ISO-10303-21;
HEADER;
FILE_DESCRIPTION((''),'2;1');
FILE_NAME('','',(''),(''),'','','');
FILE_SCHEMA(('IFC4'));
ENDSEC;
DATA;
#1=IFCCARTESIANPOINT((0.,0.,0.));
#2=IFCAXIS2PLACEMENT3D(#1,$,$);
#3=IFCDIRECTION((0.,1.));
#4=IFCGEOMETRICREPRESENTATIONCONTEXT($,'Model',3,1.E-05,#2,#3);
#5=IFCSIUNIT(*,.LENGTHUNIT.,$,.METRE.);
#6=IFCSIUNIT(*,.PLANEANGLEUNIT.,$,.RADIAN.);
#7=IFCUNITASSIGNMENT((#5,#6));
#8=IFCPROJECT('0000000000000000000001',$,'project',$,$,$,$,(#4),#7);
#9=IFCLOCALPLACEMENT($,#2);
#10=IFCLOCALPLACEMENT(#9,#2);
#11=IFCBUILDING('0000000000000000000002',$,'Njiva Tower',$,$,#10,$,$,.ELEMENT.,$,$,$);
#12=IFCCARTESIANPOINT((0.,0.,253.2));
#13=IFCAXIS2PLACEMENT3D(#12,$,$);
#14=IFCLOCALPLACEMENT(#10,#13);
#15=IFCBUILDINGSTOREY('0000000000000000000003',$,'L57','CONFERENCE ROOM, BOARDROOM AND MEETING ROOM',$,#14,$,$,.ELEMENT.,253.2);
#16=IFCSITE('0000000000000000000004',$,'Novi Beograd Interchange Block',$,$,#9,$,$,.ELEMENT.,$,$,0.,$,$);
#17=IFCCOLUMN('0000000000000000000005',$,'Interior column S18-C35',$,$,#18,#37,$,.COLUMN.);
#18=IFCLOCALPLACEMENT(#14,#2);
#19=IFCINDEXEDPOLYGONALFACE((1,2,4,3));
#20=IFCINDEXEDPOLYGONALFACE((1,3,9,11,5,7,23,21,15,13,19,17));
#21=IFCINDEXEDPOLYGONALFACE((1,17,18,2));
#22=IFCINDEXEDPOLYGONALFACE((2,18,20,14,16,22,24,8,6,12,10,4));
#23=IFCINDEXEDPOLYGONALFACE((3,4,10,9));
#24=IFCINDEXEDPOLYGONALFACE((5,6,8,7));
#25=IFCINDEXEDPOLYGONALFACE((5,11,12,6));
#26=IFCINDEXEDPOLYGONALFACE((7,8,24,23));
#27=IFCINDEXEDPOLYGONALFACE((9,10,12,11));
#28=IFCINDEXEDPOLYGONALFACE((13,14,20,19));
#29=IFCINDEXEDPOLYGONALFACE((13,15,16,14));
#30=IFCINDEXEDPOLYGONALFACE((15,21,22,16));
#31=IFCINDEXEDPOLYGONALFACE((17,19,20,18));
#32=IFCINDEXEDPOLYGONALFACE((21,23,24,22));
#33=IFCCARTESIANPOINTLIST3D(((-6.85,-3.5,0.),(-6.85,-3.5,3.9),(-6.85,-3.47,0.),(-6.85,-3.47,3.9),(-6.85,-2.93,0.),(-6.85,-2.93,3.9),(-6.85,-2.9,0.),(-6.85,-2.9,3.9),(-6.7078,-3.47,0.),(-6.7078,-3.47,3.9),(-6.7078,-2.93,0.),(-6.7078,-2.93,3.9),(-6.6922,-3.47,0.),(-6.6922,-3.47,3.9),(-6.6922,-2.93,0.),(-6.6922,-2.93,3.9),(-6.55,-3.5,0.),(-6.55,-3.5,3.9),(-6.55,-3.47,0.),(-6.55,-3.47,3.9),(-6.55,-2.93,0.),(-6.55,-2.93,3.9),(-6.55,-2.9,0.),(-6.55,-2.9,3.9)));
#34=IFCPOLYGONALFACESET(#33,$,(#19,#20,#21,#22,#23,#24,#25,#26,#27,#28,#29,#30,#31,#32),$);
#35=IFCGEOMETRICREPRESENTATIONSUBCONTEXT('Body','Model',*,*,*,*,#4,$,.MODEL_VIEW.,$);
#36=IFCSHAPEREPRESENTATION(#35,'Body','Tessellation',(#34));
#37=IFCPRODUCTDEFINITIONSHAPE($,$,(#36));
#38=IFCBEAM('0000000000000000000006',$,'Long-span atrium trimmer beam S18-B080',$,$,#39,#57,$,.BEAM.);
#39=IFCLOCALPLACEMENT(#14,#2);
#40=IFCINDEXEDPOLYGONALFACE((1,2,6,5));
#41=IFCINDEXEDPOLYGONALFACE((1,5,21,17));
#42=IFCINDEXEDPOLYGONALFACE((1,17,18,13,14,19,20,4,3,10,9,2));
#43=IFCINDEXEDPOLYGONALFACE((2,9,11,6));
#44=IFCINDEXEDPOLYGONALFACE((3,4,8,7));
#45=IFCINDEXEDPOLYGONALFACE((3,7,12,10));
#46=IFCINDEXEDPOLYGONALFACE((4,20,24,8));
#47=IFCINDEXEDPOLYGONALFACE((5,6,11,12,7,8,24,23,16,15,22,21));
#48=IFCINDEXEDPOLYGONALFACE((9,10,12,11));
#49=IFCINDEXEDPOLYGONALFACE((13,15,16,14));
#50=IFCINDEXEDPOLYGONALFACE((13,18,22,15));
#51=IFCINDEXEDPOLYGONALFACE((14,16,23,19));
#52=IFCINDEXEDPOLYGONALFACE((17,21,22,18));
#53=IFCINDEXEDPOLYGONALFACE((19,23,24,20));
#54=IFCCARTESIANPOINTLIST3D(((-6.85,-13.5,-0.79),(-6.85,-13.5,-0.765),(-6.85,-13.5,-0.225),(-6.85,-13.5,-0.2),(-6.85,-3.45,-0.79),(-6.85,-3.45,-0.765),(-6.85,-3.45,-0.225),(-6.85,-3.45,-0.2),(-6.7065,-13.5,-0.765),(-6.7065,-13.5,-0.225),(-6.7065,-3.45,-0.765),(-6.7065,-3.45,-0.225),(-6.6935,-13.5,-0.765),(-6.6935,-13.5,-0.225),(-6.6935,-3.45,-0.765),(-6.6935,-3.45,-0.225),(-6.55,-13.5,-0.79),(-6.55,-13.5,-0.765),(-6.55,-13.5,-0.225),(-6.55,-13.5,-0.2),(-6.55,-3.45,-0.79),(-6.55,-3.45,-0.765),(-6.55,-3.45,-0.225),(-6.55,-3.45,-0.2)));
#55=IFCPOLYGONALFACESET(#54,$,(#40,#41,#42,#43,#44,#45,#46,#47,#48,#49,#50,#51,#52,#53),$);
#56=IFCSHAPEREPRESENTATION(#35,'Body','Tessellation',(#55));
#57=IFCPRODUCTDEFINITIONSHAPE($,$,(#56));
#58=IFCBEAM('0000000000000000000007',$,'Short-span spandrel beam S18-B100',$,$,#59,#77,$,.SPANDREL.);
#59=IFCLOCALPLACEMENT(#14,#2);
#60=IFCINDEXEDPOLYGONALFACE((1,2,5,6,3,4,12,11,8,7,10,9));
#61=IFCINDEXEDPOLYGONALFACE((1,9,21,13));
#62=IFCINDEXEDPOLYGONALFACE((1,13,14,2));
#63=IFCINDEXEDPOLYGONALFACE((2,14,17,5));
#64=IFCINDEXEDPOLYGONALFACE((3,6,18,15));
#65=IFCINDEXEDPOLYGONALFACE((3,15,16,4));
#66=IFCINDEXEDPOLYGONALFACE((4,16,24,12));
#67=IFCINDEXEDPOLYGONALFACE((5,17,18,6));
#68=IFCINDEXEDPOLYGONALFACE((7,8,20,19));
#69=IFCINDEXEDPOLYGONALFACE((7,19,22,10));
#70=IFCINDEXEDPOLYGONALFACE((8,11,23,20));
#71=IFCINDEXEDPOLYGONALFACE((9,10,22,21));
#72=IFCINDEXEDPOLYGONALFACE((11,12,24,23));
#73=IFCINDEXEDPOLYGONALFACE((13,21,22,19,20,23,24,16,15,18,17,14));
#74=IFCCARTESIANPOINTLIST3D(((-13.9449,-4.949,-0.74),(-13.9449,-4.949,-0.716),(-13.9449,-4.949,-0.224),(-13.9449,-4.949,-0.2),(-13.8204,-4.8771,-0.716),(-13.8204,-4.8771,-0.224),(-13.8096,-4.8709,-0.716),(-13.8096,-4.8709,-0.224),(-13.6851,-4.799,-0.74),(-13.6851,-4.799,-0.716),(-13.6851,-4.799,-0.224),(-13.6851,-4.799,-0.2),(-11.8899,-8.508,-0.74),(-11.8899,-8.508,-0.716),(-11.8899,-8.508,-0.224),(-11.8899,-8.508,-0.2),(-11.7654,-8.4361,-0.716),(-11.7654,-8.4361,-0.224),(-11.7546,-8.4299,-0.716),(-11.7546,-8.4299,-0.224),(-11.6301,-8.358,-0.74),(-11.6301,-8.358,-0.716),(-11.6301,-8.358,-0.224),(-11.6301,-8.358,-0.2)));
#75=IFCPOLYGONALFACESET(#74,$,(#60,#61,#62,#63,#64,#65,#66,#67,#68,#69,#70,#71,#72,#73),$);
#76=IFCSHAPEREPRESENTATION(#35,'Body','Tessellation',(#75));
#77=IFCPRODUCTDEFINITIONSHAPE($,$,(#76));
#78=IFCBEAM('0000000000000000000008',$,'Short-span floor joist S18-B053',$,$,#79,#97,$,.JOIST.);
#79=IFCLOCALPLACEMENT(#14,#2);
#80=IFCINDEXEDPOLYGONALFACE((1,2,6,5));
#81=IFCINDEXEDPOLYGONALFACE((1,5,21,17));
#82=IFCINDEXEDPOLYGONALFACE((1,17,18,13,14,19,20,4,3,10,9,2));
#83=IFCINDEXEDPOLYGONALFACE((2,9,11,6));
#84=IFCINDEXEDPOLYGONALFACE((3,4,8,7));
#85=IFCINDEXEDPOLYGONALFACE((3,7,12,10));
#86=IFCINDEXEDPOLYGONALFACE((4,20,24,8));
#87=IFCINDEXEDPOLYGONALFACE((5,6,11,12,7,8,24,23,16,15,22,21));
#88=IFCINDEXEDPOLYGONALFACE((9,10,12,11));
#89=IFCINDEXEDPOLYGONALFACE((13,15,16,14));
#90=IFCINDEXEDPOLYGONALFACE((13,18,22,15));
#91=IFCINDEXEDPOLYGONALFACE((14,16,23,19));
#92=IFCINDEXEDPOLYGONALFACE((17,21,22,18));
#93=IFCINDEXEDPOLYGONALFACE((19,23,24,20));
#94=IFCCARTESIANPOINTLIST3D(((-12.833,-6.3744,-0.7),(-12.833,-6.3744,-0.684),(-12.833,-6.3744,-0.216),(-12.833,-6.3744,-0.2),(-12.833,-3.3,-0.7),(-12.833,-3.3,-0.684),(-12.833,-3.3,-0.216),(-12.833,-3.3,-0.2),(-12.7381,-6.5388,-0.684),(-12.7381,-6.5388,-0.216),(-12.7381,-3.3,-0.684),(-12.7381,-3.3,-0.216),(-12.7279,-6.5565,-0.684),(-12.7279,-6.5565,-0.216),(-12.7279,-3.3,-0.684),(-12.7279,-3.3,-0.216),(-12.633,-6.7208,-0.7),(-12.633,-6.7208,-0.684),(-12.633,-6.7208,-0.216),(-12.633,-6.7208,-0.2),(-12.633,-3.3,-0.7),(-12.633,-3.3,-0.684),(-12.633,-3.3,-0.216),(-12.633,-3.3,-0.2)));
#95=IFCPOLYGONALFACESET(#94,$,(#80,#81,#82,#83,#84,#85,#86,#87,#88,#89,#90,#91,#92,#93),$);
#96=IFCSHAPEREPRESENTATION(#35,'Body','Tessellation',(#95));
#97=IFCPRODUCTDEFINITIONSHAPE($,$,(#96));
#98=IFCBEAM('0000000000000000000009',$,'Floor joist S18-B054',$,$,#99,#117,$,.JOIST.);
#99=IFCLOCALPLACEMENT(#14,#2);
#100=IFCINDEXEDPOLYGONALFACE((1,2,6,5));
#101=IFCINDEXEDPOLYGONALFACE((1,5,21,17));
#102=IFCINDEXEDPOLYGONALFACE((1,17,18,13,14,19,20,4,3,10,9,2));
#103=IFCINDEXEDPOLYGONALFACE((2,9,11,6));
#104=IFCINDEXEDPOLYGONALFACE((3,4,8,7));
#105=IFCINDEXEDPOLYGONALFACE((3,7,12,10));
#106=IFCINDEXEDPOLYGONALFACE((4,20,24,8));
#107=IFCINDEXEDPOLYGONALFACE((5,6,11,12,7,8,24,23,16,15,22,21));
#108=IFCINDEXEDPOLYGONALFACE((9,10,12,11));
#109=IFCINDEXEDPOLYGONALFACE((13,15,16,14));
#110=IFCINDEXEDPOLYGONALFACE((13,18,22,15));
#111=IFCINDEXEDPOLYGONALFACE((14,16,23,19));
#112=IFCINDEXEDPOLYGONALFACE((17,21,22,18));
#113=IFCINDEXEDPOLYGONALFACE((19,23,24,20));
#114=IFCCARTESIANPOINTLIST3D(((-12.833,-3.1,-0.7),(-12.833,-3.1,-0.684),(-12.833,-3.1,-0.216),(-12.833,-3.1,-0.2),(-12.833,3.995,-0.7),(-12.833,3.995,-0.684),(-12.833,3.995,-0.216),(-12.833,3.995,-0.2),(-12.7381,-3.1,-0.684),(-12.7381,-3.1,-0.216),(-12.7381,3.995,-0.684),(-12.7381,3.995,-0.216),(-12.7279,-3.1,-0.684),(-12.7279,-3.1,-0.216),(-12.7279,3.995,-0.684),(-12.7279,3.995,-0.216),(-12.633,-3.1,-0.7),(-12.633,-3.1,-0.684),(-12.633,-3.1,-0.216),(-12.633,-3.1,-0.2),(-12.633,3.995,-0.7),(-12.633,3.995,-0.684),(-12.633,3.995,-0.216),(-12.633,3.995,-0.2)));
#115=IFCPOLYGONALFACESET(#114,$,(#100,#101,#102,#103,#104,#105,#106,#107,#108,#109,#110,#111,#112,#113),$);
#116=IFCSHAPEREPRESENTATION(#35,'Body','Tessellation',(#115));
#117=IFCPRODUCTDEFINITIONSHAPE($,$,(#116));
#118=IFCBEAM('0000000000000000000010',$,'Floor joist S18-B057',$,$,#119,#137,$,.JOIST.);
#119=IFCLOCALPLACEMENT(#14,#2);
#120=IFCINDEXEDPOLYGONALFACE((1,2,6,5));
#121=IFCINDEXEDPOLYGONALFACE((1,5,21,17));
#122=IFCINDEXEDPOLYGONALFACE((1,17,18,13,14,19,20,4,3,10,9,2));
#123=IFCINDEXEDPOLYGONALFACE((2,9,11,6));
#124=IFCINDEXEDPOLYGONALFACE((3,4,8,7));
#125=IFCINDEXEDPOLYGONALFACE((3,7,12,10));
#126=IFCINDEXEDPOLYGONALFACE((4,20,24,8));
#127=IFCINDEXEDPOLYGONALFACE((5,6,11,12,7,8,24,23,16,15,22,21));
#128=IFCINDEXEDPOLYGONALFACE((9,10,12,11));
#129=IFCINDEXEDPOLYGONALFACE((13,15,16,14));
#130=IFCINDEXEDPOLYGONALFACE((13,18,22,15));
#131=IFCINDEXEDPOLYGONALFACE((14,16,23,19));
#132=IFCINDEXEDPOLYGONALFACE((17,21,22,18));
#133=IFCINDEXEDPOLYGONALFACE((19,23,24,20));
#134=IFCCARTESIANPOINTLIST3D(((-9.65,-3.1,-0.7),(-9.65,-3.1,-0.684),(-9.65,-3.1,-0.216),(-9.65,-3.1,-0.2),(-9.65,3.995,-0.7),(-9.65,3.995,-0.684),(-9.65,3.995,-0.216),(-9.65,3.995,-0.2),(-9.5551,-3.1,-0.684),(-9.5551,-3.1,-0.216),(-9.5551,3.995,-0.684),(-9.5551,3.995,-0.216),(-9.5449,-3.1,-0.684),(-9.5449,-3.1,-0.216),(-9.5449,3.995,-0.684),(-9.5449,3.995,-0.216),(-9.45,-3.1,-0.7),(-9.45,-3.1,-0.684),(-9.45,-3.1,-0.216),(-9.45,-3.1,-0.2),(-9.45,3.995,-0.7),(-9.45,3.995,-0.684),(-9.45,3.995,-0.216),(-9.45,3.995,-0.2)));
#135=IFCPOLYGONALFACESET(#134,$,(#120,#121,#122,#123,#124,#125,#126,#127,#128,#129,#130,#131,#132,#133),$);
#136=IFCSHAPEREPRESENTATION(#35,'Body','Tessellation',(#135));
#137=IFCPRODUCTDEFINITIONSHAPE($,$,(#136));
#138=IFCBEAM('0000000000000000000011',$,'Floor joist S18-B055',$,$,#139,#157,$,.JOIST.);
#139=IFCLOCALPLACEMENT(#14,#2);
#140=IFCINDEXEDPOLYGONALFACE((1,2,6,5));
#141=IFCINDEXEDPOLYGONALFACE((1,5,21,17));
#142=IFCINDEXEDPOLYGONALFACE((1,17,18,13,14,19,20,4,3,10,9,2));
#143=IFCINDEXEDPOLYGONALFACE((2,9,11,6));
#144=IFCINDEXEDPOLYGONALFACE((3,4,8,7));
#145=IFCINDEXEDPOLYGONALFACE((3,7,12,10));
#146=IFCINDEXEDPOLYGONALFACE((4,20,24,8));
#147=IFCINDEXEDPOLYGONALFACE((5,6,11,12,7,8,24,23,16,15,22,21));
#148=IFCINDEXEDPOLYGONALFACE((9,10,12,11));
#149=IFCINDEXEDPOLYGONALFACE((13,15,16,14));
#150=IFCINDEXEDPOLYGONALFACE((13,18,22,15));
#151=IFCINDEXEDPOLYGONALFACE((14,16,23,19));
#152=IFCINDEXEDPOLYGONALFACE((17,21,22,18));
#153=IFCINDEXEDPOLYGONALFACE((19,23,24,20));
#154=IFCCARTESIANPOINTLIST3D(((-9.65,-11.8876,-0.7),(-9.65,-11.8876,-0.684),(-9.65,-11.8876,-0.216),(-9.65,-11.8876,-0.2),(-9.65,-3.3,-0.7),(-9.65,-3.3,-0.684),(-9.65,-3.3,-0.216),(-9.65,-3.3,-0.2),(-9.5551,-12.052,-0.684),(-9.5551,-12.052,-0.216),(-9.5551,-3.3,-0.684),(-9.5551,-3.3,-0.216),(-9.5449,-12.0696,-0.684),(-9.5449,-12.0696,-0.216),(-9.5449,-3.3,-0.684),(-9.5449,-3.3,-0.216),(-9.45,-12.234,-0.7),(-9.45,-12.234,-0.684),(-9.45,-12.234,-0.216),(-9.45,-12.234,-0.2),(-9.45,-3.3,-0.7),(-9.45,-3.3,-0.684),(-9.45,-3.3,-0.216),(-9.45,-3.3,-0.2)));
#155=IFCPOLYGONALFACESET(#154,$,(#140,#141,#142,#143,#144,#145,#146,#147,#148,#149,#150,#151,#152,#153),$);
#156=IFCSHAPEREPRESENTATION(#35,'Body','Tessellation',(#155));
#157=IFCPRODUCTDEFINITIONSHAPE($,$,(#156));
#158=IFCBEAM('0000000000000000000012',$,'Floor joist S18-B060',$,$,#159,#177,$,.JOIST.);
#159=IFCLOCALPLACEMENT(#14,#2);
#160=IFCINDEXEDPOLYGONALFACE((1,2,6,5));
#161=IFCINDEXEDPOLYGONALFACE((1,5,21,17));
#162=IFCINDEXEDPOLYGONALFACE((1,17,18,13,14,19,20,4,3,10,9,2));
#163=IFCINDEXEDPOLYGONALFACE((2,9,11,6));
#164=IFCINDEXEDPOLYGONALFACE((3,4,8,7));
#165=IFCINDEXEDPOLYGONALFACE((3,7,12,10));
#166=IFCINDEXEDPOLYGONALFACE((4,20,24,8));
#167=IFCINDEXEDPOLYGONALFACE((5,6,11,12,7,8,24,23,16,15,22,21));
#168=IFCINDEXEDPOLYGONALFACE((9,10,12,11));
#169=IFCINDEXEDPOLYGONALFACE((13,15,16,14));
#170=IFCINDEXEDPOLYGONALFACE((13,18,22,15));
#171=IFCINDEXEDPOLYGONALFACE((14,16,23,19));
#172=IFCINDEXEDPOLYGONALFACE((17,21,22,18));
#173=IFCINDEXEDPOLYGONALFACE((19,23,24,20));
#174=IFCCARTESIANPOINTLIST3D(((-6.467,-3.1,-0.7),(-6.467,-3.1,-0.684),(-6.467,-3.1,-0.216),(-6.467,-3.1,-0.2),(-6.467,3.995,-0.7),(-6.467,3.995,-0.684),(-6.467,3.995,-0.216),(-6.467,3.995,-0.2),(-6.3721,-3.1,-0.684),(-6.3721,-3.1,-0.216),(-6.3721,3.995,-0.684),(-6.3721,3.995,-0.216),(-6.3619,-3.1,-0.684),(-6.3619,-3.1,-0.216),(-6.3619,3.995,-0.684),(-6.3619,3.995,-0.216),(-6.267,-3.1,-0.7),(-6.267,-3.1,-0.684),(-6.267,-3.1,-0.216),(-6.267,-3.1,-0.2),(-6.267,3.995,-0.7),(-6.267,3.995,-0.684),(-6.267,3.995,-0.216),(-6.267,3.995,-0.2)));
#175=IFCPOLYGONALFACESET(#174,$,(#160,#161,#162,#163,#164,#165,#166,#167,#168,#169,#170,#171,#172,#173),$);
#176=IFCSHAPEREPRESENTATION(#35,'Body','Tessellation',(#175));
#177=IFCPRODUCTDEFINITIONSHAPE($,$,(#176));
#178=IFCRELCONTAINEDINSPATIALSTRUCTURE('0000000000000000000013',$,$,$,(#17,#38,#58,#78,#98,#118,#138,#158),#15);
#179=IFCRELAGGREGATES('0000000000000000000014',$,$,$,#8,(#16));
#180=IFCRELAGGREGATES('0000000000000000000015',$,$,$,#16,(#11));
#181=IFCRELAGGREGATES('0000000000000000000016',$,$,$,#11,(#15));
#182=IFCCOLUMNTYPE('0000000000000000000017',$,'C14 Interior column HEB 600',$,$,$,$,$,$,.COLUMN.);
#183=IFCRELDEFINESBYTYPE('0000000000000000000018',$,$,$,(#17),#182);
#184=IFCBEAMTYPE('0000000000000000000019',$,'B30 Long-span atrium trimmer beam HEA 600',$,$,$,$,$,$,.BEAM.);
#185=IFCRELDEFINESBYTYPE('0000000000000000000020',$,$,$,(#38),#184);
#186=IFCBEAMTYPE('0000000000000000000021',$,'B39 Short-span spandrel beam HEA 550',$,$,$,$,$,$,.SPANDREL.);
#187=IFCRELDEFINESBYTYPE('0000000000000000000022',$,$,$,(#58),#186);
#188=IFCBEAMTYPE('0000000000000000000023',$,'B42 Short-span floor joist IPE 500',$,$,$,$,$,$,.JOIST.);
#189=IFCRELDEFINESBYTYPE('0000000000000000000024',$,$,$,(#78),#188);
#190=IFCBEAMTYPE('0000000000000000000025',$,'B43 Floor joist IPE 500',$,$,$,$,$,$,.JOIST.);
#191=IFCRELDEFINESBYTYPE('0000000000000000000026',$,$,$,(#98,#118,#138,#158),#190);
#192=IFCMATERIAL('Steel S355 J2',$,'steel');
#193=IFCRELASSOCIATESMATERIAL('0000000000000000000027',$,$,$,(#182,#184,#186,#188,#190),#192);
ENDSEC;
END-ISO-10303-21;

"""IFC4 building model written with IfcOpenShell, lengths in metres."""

from ifc_helpers import new_model, si_unit, direction, frame, origin, origin_2d, place, context, subcontext, project, spatial, i_section, extrude, clip, halfspace, material, material_profile, profile_set, type_object, element, save


model = new_model("IFC4")

# Units and contexts
model_context = context("Model", 3, precision=1e-05, world=origin(), true_north=direction((0.0, 1.0)))
body_context = subcontext(model_context, "Body", "Model", "MODEL_VIEW")
ifc_project = project(units=[si_unit("LENGTHUNIT", "METRE"), si_unit("PLANEANGLEUNIT", "RADIAN")], contexts=[model_context])

# Site, building, storey
site_placement = place(None, origin())
site = spatial("IfcSite", under=ifc_project, at=site_placement, Name="Novi Beograd Interchange Block", CompositionType="ELEMENT", RefElevation=0.0)
building_placement = place(site_placement, origin())
building = spatial("IfcBuilding", under=site, at=building_placement, Name="Njiva Tower", CompositionType="ELEMENT")
storey_placement = place(building_placement, frame((0.0, 0.0, 253.2)))
storey = spatial("IfcBuildingStorey", under=building, at=storey_placement, Name="L57", Description="CONFERENCE ROOM, BOARDROOM AND MEETING ROOM", CompositionType="ELEMENT", Elevation=253.2)

# Column
ifc_material_1 = material(Name="Steel S355 J2", Category="steel")
ifc_material_profile_1 = material_profile(ifc_material_1, i_section(OverallWidth=0.3, OverallDepth=0.6, WebThickness=0.0155, FlangeThickness=0.03, at=origin_2d()), Name="HEB 600")
ifc_profile_set_1 = profile_set([ifc_material_profile_1], Name="Steel S355 J2")
column_type = type_object("IfcColumnType", Name="C14 Interior column HEB 600", PredefinedType="COLUMN", material=ifc_profile_set_1)
column_placement = place(storey_placement, frame((-6.7, -3.2, 0.0), z_axis=(0.0, 0.0, 1.0), x_axis=(1.0, 0.0, 0.0)))
element("IfcColumn", 1, at=column_placement, inside=storey, type_object=column_type, Name="Interior column S18-C35", PredefinedType="COLUMN", context=body_context, shape_type="SweptSolid", body=[
    extrude(i_section(OverallWidth=0.3, OverallDepth=0.6, WebThickness=0.0155, FlangeThickness=0.03, at=origin_2d()), origin(), (0.0, 0.0, 1.0), 3.9),
])

# Beams
ifc_material_profile_2 = material_profile(ifc_material_1, i_section(OverallWidth=0.3, OverallDepth=0.59, WebThickness=0.013, FlangeThickness=0.025, at=origin_2d()), Name="HEA 600")
ifc_profile_set_2 = profile_set([ifc_material_profile_2], Name="Steel S355 J2")
beam_type_1 = type_object("IfcBeamType", Name="B30 Long-span atrium trimmer beam HEA 600", PredefinedType="BEAM", material=ifc_profile_set_2)
beam_1_placement = place(storey_placement, frame((-6.7, -3.45, -0.495), z_axis=(0.0, -1.0, 0.0), x_axis=(1.0, 0.0, 0.0)))
element("IfcBeam", 2, at=beam_1_placement, inside=storey, type_object=beam_type_1, Name="Long-span atrium trimmer beam S18-B080", PredefinedType="BEAM", context=body_context, shape_type="SweptSolid", body=[
    extrude(i_section(OverallWidth=0.3, OverallDepth=0.59, WebThickness=0.013, FlangeThickness=0.025, at=origin_2d()), origin(), (0.0, 0.0, 1.0), 10.05),
])
ifc_material_profile_3 = material_profile(ifc_material_1, i_section(OverallWidth=0.3, OverallDepth=0.54, WebThickness=0.0125, FlangeThickness=0.024, at=origin_2d()), Name="HEA 550")
ifc_profile_set_3 = profile_set([ifc_material_profile_3], Name="Steel S355 J2")
beam_type_2 = type_object("IfcBeamType", Name="B39 Short-span spandrel beam HEA 550", PredefinedType="SPANDREL", material=ifc_profile_set_3)
beam_2_placement = place(storey_placement, frame((-13.815, -4.874, -0.47), z_axis=(0.500038, -0.866003, 0.0), x_axis=(0.866003, 0.500038, 0.0)))
element("IfcBeam", 3, at=beam_2_placement, inside=storey, type_object=beam_type_2, Name="Short-span spandrel beam S18-B100", PredefinedType="SPANDREL", context=body_context, shape_type="SweptSolid", body=[
    extrude(i_section(OverallWidth=0.3, OverallDepth=0.54, WebThickness=0.0125, FlangeThickness=0.024, at=origin_2d()), origin(), (0.0, 0.0, 1.0), 4.1097),
])
ifc_material_profile_4 = material_profile(ifc_material_1, i_section(OverallWidth=0.2, OverallDepth=0.5, WebThickness=0.0102, FlangeThickness=0.016, at=origin_2d()), Name="IPE 500")
ifc_profile_set_4 = profile_set([ifc_material_profile_4], Name="Steel S355 J2")
beam_type_3 = type_object("IfcBeamType", Name="B42 Short-span floor joist IPE 500", PredefinedType="JOIST", material=ifc_profile_set_4)
beam_3_placement = place(storey_placement, frame((-12.733, -3.3, -0.45), z_axis=(0.0, -1.0, 0.0), x_axis=(1.0, 0.0, 0.0)))
element("IfcBeam", 4, at=beam_3_placement, inside=storey, type_object=beam_type_3, Name="Short-span floor joist S18-B053", PredefinedType="JOIST", context=body_context, shape_type="Clipping", body=[
    clip(extrude(i_section(OverallWidth=0.2, OverallDepth=0.5, WebThickness=0.0102, FlangeThickness=0.016, at=origin_2d()), origin(), (0.0, 0.0, 1.0), 3.44), halfspace(frame((-0.0436, 0.0, 3.1721), z_axis=(-0.866027, 0.0, 0.499998), x_axis=(0.0, 1.0, 0.0)), False)),
])
ifc_material_profile_5 = material_profile(ifc_material_1, i_section(OverallWidth=0.2, OverallDepth=0.5, WebThickness=0.0102, FlangeThickness=0.016, at=origin_2d()), Name="IPE 500")
ifc_profile_set_5 = profile_set([ifc_material_profile_5], Name="Steel S355 J2")
beam_type_4 = type_object("IfcBeamType", Name="B43 Floor joist IPE 500", PredefinedType="JOIST", material=ifc_profile_set_5)
for number, where, z_axis, x_axis, name in (
    (5, (-12.733, 3.995, -0.45), (0.0, -1.0, 0.0), (1.0, 0.0, 0.0), "Floor joist S18-B054"),
    (6, (-9.55, 3.995, -0.45), (0.0, -1.0, 0.0), (1.0, 0.0, 0.0), "Floor joist S18-B057"),
):
    element("IfcBeam", number, at=place(storey_placement, frame(where, z_axis=z_axis, x_axis=x_axis)), inside=storey, type_object=beam_type_4, Name=name, PredefinedType="JOIST", context=body_context, shape_type="SweptSolid", body=[
        extrude(i_section(OverallWidth=0.2, OverallDepth=0.5, WebThickness=0.0102, FlangeThickness=0.016, at=origin_2d()), origin(), (0.0, 0.0, 1.0), 7.095),
    ])
beam_4_placement = place(storey_placement, frame((-9.55, -3.3, -0.45), z_axis=(0.0, -1.0, 0.0), x_axis=(1.0, 0.0, 0.0)))
element("IfcBeam", 7, at=beam_4_placement, inside=storey, type_object=beam_type_4, Name="Floor joist S18-B055", PredefinedType="JOIST", context=body_context, shape_type="Clipping", body=[
    clip(extrude(i_section(OverallWidth=0.2, OverallDepth=0.5, WebThickness=0.0102, FlangeThickness=0.016, at=origin_2d()), origin(), (0.0, 0.0, 1.0), 8.954), halfspace(frame((-0.0433, 0.0, 8.6858), z_axis=(-0.866027, 0.0, 0.499998), x_axis=(0.0, 1.0, 0.0)), False)),
])
for number, where, z_axis, x_axis, name in (
    (8, (-6.367, 3.995, -0.45), (0.0, -1.0, 0.0), (1.0, 0.0, 0.0), "Floor joist S18-B060"),
):
    element("IfcBeam", number, at=place(storey_placement, frame(where, z_axis=z_axis, x_axis=x_axis)), inside=storey, type_object=beam_type_4, Name=name, PredefinedType="JOIST", context=body_context, shape_type="SweptSolid", body=[
        extrude(i_section(OverallWidth=0.2, OverallDepth=0.5, WebThickness=0.0102, FlangeThickness=0.016, at=origin_2d()), origin(), (0.0, 0.0, 1.0), 7.095),
    ])

save(model, "model.ifc")
